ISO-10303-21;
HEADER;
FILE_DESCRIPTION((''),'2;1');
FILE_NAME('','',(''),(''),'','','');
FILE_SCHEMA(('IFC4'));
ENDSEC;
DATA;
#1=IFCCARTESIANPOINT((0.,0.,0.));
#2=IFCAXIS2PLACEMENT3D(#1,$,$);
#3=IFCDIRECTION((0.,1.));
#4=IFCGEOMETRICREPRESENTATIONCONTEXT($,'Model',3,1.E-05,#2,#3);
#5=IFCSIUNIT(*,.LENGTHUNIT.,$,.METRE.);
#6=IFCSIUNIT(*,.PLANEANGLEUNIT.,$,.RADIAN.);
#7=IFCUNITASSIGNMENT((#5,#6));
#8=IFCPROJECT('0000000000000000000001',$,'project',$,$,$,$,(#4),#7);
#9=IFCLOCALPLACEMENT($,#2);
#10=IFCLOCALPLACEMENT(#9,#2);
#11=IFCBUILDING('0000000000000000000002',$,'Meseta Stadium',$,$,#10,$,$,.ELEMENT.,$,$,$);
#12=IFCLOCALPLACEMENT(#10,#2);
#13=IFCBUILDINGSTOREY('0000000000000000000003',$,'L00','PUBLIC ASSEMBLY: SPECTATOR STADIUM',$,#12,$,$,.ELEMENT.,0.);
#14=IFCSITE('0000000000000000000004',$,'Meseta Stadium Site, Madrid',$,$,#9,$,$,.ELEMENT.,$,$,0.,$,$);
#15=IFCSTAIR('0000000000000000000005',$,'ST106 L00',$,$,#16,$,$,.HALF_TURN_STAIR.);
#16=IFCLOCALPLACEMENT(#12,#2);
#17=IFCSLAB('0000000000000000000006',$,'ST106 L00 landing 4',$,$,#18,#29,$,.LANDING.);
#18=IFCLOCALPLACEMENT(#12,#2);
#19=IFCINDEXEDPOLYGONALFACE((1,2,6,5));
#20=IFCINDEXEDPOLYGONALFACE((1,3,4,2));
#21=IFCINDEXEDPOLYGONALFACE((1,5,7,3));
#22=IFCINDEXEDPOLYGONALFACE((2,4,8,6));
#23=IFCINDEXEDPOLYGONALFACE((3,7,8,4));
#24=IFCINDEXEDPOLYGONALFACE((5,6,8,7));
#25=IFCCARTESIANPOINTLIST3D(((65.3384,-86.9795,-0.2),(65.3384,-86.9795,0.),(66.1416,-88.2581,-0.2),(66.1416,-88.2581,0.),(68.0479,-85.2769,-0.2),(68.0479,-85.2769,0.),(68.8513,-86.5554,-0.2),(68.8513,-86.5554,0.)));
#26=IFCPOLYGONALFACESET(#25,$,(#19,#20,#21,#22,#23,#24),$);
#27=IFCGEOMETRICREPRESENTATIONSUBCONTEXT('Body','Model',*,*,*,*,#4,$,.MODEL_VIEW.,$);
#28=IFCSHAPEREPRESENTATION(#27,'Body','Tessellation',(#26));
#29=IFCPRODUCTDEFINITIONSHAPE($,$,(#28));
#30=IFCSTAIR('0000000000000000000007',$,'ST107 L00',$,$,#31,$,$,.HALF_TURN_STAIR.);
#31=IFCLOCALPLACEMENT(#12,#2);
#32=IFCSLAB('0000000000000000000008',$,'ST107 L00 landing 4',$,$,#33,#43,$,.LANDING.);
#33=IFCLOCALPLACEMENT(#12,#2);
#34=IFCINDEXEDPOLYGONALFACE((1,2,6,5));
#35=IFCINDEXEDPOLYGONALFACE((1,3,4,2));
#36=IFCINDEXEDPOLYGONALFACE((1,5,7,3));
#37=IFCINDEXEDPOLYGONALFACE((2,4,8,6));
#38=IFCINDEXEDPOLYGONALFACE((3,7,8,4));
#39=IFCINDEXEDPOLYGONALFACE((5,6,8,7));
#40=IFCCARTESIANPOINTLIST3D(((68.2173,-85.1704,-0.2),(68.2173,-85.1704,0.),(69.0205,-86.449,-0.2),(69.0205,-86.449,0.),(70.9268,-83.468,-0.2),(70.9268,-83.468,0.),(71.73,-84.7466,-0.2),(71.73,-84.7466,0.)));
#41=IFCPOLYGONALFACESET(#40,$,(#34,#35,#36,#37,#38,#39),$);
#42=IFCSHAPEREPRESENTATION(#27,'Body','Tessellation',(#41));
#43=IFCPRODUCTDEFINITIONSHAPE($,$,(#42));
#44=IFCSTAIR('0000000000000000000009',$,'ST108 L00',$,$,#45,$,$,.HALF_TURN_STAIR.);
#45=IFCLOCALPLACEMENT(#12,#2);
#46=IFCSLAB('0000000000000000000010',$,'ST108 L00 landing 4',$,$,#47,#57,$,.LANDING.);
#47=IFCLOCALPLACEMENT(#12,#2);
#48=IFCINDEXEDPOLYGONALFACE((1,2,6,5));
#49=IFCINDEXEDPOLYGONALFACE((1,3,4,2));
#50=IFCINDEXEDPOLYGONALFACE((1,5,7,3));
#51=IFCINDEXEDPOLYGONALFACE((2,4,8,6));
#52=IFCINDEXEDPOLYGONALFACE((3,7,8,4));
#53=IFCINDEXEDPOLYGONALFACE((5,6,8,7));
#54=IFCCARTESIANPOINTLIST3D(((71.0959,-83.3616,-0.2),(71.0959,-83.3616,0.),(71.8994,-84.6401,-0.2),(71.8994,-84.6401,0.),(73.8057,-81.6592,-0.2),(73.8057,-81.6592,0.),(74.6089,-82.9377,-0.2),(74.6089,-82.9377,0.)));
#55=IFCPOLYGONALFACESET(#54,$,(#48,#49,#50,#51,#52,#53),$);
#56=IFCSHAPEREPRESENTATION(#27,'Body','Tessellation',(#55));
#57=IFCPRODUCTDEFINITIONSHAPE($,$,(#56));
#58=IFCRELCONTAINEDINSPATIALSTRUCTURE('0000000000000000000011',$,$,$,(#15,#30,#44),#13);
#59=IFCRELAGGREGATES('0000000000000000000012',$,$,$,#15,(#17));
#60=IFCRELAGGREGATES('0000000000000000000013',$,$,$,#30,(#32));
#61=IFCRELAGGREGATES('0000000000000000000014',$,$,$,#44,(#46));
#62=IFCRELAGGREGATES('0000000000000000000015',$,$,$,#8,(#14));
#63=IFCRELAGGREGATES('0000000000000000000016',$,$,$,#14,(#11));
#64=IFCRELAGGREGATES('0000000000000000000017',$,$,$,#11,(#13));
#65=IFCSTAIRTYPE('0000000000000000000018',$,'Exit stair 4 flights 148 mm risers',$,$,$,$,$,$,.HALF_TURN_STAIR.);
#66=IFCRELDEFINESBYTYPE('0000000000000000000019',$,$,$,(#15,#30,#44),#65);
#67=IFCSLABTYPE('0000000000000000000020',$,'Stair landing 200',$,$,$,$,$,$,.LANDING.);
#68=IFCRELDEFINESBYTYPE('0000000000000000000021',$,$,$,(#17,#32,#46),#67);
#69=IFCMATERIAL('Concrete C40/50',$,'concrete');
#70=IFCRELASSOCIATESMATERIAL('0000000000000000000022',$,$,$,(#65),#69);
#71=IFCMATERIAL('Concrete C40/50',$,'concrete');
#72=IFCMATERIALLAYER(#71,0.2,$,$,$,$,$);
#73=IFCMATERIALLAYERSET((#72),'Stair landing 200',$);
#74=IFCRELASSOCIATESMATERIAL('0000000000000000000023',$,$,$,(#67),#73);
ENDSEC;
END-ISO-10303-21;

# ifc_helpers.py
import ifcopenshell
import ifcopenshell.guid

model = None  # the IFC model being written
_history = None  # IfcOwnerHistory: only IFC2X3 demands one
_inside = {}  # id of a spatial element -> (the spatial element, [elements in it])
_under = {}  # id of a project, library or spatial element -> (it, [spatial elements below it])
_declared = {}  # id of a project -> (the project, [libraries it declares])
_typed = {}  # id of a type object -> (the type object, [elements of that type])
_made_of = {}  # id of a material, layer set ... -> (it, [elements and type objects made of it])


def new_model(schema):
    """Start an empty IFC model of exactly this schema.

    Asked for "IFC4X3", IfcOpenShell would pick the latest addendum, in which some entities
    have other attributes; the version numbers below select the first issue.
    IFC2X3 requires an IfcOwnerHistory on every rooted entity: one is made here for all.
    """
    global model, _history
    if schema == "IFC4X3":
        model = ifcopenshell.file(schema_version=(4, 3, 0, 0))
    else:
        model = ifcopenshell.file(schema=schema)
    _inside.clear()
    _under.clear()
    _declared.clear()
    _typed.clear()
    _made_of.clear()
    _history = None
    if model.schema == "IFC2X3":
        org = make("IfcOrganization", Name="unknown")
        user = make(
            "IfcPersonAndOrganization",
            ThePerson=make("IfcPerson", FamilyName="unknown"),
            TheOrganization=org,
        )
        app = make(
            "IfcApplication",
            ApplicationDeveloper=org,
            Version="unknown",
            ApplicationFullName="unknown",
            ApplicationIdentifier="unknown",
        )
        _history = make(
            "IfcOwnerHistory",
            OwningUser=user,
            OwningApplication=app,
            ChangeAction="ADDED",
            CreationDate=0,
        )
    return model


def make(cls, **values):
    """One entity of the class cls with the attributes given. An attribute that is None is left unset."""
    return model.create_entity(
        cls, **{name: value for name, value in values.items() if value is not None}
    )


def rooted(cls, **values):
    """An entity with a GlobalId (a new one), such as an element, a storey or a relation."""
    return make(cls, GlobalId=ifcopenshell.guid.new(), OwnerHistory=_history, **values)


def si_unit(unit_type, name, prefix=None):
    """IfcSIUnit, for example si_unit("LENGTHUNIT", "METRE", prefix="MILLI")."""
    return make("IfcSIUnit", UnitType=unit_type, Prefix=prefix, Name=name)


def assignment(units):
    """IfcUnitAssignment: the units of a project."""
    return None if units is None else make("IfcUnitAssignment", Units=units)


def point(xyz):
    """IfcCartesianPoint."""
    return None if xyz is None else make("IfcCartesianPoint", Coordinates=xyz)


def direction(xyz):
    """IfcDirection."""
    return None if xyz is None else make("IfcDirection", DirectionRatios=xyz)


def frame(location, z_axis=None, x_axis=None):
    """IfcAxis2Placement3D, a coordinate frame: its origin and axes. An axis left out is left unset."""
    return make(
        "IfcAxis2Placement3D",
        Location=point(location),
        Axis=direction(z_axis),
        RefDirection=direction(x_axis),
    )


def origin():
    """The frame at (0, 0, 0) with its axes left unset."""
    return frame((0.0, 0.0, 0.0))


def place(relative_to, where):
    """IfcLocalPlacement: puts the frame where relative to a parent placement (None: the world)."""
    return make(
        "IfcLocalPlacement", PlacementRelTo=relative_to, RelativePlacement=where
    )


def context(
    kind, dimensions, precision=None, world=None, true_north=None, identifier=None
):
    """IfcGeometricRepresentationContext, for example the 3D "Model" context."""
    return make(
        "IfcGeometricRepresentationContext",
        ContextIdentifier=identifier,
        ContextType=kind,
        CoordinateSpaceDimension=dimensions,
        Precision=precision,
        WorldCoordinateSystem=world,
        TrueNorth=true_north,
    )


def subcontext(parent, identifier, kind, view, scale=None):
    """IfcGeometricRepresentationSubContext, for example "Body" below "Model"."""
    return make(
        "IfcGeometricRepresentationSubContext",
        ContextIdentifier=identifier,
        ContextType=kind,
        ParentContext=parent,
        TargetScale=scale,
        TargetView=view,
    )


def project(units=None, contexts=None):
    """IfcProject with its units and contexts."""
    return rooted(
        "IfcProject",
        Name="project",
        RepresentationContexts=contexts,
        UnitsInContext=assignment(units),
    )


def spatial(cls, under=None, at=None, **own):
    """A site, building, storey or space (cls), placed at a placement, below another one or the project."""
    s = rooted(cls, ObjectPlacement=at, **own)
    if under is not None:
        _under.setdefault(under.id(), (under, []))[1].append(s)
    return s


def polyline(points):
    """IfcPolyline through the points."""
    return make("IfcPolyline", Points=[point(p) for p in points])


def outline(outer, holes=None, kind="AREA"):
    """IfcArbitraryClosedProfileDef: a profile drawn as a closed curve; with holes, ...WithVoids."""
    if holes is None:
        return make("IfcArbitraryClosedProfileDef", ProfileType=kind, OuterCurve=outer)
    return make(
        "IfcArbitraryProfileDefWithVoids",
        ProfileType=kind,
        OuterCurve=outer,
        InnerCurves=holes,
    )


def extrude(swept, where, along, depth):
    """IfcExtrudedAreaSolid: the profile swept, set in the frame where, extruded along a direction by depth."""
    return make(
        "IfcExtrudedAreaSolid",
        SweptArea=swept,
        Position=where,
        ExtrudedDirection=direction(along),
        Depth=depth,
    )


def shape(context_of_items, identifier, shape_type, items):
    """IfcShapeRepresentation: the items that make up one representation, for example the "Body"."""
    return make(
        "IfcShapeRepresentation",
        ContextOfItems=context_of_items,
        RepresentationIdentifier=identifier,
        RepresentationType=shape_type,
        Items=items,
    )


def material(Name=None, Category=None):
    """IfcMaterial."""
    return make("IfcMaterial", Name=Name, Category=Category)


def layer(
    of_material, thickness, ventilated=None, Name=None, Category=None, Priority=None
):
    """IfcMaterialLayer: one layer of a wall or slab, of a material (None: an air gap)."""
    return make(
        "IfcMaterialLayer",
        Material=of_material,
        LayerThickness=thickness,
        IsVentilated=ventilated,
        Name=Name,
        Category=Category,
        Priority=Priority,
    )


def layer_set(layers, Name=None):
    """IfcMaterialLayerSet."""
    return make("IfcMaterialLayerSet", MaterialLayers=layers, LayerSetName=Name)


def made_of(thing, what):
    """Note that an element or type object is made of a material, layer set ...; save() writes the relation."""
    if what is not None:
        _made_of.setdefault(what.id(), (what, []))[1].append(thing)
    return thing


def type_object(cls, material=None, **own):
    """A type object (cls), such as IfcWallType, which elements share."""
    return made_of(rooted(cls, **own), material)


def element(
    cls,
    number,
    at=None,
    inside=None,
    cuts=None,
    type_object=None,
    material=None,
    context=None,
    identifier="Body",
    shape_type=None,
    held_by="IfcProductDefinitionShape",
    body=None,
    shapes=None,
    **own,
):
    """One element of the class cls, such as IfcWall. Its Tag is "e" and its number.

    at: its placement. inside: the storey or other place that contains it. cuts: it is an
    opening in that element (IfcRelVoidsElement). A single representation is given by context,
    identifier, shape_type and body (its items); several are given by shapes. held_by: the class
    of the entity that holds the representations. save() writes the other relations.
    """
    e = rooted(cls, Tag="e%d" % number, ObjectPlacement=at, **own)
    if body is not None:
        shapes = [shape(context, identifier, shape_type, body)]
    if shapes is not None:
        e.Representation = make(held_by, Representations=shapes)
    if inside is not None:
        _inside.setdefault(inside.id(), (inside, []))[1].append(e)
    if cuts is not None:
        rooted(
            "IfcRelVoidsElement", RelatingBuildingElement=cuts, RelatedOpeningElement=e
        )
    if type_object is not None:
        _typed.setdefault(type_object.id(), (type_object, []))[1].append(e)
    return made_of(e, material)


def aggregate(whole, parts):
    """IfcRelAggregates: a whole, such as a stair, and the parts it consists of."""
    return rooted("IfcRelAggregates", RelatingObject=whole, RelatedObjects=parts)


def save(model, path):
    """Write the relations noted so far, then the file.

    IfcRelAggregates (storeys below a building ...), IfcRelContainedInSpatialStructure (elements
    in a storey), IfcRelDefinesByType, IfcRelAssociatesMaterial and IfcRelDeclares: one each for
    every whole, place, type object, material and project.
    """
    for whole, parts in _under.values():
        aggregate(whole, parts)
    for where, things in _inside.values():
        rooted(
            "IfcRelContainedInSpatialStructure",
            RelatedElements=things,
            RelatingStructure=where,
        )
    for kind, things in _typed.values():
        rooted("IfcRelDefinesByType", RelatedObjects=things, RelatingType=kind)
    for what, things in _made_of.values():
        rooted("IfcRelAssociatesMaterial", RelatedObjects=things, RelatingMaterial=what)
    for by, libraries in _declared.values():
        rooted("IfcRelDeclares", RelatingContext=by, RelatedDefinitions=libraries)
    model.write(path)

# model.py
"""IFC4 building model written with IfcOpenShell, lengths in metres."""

from ifc_helpers import new_model, si_unit, direction, frame, origin, place, context, subcontext, project, spatial, polyline, outline, extrude, material, layer, layer_set, type_object, element, aggregate, save


model = new_model("IFC4")

# Units and contexts
model_context = context("Model", 3, precision=1e-05, world=origin(), true_north=direction((0.0, 1.0)))
body_context = subcontext(model_context, "Body", "Model", "MODEL_VIEW")
ifc_project = project(units=[si_unit("LENGTHUNIT", "METRE"), si_unit("PLANEANGLEUNIT", "RADIAN")], contexts=[model_context])

# Site, building, storey
site_placement = place(None, origin())
site = spatial("IfcSite", under=ifc_project, at=site_placement, Name="Meseta Stadium Site, Madrid", CompositionType="ELEMENT", RefElevation=0.0)
building_placement = place(site_placement, origin())
building = spatial("IfcBuilding", under=site, at=building_placement, Name="Meseta Stadium", CompositionType="ELEMENT")
storey_placement = place(building_placement, origin())
storey = spatial("IfcBuildingStorey", under=building, at=storey_placement, Name="L00", Description="PUBLIC ASSEMBLY: SPECTATOR STADIUM", CompositionType="ELEMENT", Elevation=0.0)

# Stairs, slabs
ifc_material_1 = material(Name="Concrete C40/50", Category="concrete")
stair_type = type_object("IfcStairType", Name="Exit stair 4 flights 148 mm risers", PredefinedType="HALF_TURN_STAIR", material=ifc_material_1)
ifc_material_2 = material(Name="Concrete C40/50", Category="concrete")
ifc_layer = layer(ifc_material_2, 0.2)
ifc_layer_set = layer_set([ifc_layer], Name="Stair landing 200")
slab_type = type_object("IfcSlabType", Name="Stair landing 200", PredefinedType="LANDING", material=ifc_layer_set)
stair_1_placement = place(storey_placement, origin())
stair_1 = element("IfcStair", 1, at=stair_1_placement, inside=storey, type_object=stair_type, Name="ST106 L00", PredefinedType="HALF_TURN_STAIR")
slab_1_placement = place(storey_placement, frame((0.0, 0.0, -0.2)))
slab_1 = element("IfcSlab", 2, at=slab_1_placement, type_object=slab_type, Name="ST106 L00 landing 4", PredefinedType="LANDING", context=body_context, shape_type="SweptSolid", body=[
    extrude(outline(polyline([(65.3384, -86.9795), (66.1416, -88.2581), (68.8513, -86.5554), (68.0479, -85.2769), (65.3384, -86.9795)])), origin(), (0.0, 0.0, 1.0), 0.2),
])
aggregate(stair_1, [slab_1])
stair_2_placement = place(storey_placement, origin())
stair_2 = element("IfcStair", 3, at=stair_2_placement, inside=storey, type_object=stair_type, Name="ST107 L00", PredefinedType="HALF_TURN_STAIR")
slab_2_placement = place(storey_placement, frame((0.0, 0.0, -0.2)))
slab_2 = element("IfcSlab", 4, at=slab_2_placement, type_object=slab_type, Name="ST107 L00 landing 4", PredefinedType="LANDING", context=body_context, shape_type="SweptSolid", body=[
    extrude(outline(polyline([(68.2173, -85.1704), (69.0205, -86.449), (71.73, -84.7466), (70.9268, -83.468), (68.2173, -85.1704)])), origin(), (0.0, 0.0, 1.0), 0.2),
])
aggregate(stair_2, [slab_2])
stair_3_placement = place(storey_placement, origin())
stair_3 = element("IfcStair", 5, at=stair_3_placement, inside=storey, type_object=stair_type, Name="ST108 L00", PredefinedType="HALF_TURN_STAIR")
slab_3_placement = place(storey_placement, frame((0.0, 0.0, -0.2)))
slab_3 = element("IfcSlab", 6, at=slab_3_placement, type_object=slab_type, Name="ST108 L00 landing 4", PredefinedType="LANDING", context=body_context, shape_type="SweptSolid", body=[
    extrude(outline(polyline([(71.0959, -83.3616), (71.8994, -84.6401), (74.6089, -82.9377), (73.8057, -81.6592), (71.0959, -83.3616)])), origin(), (0.0, 0.0, 1.0), 0.2),
])
aggregate(stair_3, [slab_3])

save(model, "model.ifc")
